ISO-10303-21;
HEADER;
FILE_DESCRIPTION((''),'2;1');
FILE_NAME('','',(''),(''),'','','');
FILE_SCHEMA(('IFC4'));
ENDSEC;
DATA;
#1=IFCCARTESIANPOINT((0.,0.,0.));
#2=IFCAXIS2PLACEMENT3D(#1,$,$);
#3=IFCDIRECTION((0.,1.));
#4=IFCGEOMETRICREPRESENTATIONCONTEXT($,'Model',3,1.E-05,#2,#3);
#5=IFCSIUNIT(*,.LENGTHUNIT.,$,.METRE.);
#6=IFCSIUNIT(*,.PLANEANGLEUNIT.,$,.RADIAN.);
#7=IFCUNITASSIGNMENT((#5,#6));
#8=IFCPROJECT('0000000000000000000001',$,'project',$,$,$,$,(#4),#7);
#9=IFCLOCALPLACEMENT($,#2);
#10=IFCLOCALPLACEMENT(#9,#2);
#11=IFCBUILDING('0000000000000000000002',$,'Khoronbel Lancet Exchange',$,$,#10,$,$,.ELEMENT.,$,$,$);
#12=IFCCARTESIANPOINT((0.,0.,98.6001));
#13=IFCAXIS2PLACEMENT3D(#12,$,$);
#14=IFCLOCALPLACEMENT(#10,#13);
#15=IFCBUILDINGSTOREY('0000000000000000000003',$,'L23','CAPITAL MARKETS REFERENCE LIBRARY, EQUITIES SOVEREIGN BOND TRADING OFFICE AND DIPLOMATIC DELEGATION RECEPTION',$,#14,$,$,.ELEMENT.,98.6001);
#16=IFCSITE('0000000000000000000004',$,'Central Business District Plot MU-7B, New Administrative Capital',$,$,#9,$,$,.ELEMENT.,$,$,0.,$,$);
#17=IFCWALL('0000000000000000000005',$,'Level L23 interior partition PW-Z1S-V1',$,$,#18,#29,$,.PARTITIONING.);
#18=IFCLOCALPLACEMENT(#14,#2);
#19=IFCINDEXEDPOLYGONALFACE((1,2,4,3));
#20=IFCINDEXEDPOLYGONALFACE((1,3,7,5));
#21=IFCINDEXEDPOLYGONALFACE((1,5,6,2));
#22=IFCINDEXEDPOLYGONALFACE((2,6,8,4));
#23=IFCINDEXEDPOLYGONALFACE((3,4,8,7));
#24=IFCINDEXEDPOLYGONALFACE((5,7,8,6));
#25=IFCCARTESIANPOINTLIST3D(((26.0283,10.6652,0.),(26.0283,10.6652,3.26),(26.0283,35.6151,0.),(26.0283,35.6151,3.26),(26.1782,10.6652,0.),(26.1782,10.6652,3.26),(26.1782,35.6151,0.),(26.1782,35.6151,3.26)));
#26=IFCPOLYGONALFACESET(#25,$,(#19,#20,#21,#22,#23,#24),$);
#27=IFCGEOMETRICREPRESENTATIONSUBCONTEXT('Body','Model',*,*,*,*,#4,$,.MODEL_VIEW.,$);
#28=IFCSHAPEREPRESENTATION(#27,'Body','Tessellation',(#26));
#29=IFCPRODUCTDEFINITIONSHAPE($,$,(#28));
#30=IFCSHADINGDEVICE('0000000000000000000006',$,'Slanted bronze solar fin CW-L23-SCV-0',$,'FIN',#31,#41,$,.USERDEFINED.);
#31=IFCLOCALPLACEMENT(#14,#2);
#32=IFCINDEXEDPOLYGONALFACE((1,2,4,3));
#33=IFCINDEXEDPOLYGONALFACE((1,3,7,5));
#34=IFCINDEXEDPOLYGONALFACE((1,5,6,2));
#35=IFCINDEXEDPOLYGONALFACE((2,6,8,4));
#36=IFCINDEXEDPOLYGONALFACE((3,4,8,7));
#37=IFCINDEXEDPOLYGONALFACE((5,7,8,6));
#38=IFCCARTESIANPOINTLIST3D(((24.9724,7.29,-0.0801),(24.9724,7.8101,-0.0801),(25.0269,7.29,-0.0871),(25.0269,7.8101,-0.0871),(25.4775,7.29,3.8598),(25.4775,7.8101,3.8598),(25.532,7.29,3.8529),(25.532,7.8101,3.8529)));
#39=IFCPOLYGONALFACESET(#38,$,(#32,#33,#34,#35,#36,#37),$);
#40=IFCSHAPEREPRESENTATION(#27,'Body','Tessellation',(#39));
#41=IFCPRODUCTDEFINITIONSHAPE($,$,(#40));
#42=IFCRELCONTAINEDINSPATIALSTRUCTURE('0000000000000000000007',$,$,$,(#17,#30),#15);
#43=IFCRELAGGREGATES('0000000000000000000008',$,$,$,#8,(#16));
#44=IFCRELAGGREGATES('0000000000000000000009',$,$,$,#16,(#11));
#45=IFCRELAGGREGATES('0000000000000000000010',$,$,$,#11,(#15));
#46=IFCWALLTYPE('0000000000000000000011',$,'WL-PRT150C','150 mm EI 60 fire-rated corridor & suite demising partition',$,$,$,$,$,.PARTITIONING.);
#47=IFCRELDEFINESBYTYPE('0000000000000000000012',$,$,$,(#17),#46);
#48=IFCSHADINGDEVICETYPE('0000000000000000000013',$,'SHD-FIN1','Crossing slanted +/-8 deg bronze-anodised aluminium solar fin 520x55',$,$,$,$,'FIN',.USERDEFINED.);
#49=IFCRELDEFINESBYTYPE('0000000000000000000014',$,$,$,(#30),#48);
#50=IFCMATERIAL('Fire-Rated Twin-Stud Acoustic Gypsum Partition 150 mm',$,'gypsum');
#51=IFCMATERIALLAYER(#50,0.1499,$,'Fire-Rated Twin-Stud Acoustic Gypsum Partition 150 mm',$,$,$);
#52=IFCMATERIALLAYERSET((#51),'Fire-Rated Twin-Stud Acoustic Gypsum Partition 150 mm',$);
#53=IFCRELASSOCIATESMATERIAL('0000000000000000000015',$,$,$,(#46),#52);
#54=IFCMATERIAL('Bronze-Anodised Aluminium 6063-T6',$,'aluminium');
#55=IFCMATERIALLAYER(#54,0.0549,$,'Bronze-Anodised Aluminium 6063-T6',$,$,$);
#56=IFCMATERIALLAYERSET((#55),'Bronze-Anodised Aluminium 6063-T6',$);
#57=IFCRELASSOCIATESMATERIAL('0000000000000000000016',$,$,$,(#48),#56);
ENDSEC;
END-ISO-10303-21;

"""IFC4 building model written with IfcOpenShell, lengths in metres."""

from ifc_helpers import new_model, si_unit, direction, frame, frame_2d, origin, place, context, subcontext, project, spatial, polyline, rectangle, outline, extrude, material, layer, layer_set, type_object, element, save


model = new_model("IFC4")

# Units and contexts
model_context = context("Model", 3, precision=1e-05, world=origin(), true_north=direction((0.0, 1.0)))
body_context = subcontext(model_context, "Body", "Model", "MODEL_VIEW")
ifc_project = project(units=[si_unit("LENGTHUNIT", "METRE"), si_unit("PLANEANGLEUNIT", "RADIAN")], contexts=[model_context])

# Site, building, storey
site_placement = place(None, origin())
site = spatial("IfcSite", under=ifc_project, at=site_placement, Name="Central Business District Plot MU-7B, New Administrative Capital", CompositionType="ELEMENT", RefElevation=0.0)
building_placement = place(site_placement, origin())
building = spatial("IfcBuilding", under=site, at=building_placement, Name="Khoronbel Lancet Exchange", CompositionType="ELEMENT")
storey_placement = place(building_placement, frame((0.0, 0.0, 98.6001)))
storey = spatial("IfcBuildingStorey", under=building, at=storey_placement, Name="L23", Description="CAPITAL MARKETS REFERENCE LIBRARY, EQUITIES SOVEREIGN BOND TRADING OFFICE AND DIPLOMATIC DELEGATION RECEPTION", CompositionType="ELEMENT", Elevation=98.6001)

# Shared definitions
ifc_material_1 = material(Name="Bronze-Anodised Aluminium 6063-T6", Category="aluminium")

# Wall
ifc_material_2 = material(Name="Fire-Rated Twin-Stud Acoustic Gypsum Partition 150 mm", Category="gypsum")
ifc_layer_1 = layer(ifc_material_2, 0.1499, Name="Fire-Rated Twin-Stud Acoustic Gypsum Partition 150 mm")
ifc_layer_set_1 = layer_set([ifc_layer_1], Name="Fire-Rated Twin-Stud Acoustic Gypsum Partition 150 mm")
wall_type = type_object("IfcWallType", Name="WL-PRT150C", Description="150 mm EI 60 fire-rated corridor & suite demising partition", PredefinedType="PARTITIONING", material=ifc_layer_set_1)
wall_placement = place(storey_placement, frame((26.1033, 10.665, 0.0), z_axis=(0.0, 0.0, 1.0), x_axis=(0.0, 1.0, 0.0)))
element("IfcWall", 1, at=wall_placement, inside=storey, type_object=wall_type, Name="Level L23 interior partition PW-Z1S-V1", PredefinedType="PARTITIONING", context=body_context, shape_type="SweptSolid", body=[
    extrude(rectangle(XDim=24.95, YDim=0.1499, at=frame_2d((12.4751, 0.0))), origin(), (0.0, 0.0, 1.0), 3.26),
])

# Shading device
ifc_layer_2 = layer(ifc_material_1, 0.0549, Name="Bronze-Anodised Aluminium 6063-T6")
ifc_layer_set_2 = layer_set([ifc_layer_2], Name="Bronze-Anodised Aluminium 6063-T6")
shading_device_type = type_object("IfcShadingDeviceType", Name="SHD-FIN1", Description="Crossing slanted +/-8 deg bronze-anodised aluminium solar fin 520x55", ElementType="FIN", PredefinedType="USERDEFINED", material=ifc_layer_set_2)
shading_device_placement = place(storey_placement, frame((24.9724, 7.8101, -0.0801), z_axis=(-0.991881, 0.0, 0.127166), x_axis=(0.0, -1.0, 0.0)))
element("IfcShadingDevice", 2, at=shading_device_placement, inside=storey, type_object=shading_device_type, Name="Slanted bronze solar fin CW-L23-SCV-0", ObjectType="FIN", PredefinedType="USERDEFINED", context=body_context, shape_type="SweptSolid", body=[
    extrude(outline(polyline([(0.0, 0.0), (0.52, 0.0), (0.52, 3.9722), (0.0, 3.9722), (0.0, 0.0)])), origin(), (0.0, 0.0, -1.0), 0.0549),
])

save(model, "model.ifc")
